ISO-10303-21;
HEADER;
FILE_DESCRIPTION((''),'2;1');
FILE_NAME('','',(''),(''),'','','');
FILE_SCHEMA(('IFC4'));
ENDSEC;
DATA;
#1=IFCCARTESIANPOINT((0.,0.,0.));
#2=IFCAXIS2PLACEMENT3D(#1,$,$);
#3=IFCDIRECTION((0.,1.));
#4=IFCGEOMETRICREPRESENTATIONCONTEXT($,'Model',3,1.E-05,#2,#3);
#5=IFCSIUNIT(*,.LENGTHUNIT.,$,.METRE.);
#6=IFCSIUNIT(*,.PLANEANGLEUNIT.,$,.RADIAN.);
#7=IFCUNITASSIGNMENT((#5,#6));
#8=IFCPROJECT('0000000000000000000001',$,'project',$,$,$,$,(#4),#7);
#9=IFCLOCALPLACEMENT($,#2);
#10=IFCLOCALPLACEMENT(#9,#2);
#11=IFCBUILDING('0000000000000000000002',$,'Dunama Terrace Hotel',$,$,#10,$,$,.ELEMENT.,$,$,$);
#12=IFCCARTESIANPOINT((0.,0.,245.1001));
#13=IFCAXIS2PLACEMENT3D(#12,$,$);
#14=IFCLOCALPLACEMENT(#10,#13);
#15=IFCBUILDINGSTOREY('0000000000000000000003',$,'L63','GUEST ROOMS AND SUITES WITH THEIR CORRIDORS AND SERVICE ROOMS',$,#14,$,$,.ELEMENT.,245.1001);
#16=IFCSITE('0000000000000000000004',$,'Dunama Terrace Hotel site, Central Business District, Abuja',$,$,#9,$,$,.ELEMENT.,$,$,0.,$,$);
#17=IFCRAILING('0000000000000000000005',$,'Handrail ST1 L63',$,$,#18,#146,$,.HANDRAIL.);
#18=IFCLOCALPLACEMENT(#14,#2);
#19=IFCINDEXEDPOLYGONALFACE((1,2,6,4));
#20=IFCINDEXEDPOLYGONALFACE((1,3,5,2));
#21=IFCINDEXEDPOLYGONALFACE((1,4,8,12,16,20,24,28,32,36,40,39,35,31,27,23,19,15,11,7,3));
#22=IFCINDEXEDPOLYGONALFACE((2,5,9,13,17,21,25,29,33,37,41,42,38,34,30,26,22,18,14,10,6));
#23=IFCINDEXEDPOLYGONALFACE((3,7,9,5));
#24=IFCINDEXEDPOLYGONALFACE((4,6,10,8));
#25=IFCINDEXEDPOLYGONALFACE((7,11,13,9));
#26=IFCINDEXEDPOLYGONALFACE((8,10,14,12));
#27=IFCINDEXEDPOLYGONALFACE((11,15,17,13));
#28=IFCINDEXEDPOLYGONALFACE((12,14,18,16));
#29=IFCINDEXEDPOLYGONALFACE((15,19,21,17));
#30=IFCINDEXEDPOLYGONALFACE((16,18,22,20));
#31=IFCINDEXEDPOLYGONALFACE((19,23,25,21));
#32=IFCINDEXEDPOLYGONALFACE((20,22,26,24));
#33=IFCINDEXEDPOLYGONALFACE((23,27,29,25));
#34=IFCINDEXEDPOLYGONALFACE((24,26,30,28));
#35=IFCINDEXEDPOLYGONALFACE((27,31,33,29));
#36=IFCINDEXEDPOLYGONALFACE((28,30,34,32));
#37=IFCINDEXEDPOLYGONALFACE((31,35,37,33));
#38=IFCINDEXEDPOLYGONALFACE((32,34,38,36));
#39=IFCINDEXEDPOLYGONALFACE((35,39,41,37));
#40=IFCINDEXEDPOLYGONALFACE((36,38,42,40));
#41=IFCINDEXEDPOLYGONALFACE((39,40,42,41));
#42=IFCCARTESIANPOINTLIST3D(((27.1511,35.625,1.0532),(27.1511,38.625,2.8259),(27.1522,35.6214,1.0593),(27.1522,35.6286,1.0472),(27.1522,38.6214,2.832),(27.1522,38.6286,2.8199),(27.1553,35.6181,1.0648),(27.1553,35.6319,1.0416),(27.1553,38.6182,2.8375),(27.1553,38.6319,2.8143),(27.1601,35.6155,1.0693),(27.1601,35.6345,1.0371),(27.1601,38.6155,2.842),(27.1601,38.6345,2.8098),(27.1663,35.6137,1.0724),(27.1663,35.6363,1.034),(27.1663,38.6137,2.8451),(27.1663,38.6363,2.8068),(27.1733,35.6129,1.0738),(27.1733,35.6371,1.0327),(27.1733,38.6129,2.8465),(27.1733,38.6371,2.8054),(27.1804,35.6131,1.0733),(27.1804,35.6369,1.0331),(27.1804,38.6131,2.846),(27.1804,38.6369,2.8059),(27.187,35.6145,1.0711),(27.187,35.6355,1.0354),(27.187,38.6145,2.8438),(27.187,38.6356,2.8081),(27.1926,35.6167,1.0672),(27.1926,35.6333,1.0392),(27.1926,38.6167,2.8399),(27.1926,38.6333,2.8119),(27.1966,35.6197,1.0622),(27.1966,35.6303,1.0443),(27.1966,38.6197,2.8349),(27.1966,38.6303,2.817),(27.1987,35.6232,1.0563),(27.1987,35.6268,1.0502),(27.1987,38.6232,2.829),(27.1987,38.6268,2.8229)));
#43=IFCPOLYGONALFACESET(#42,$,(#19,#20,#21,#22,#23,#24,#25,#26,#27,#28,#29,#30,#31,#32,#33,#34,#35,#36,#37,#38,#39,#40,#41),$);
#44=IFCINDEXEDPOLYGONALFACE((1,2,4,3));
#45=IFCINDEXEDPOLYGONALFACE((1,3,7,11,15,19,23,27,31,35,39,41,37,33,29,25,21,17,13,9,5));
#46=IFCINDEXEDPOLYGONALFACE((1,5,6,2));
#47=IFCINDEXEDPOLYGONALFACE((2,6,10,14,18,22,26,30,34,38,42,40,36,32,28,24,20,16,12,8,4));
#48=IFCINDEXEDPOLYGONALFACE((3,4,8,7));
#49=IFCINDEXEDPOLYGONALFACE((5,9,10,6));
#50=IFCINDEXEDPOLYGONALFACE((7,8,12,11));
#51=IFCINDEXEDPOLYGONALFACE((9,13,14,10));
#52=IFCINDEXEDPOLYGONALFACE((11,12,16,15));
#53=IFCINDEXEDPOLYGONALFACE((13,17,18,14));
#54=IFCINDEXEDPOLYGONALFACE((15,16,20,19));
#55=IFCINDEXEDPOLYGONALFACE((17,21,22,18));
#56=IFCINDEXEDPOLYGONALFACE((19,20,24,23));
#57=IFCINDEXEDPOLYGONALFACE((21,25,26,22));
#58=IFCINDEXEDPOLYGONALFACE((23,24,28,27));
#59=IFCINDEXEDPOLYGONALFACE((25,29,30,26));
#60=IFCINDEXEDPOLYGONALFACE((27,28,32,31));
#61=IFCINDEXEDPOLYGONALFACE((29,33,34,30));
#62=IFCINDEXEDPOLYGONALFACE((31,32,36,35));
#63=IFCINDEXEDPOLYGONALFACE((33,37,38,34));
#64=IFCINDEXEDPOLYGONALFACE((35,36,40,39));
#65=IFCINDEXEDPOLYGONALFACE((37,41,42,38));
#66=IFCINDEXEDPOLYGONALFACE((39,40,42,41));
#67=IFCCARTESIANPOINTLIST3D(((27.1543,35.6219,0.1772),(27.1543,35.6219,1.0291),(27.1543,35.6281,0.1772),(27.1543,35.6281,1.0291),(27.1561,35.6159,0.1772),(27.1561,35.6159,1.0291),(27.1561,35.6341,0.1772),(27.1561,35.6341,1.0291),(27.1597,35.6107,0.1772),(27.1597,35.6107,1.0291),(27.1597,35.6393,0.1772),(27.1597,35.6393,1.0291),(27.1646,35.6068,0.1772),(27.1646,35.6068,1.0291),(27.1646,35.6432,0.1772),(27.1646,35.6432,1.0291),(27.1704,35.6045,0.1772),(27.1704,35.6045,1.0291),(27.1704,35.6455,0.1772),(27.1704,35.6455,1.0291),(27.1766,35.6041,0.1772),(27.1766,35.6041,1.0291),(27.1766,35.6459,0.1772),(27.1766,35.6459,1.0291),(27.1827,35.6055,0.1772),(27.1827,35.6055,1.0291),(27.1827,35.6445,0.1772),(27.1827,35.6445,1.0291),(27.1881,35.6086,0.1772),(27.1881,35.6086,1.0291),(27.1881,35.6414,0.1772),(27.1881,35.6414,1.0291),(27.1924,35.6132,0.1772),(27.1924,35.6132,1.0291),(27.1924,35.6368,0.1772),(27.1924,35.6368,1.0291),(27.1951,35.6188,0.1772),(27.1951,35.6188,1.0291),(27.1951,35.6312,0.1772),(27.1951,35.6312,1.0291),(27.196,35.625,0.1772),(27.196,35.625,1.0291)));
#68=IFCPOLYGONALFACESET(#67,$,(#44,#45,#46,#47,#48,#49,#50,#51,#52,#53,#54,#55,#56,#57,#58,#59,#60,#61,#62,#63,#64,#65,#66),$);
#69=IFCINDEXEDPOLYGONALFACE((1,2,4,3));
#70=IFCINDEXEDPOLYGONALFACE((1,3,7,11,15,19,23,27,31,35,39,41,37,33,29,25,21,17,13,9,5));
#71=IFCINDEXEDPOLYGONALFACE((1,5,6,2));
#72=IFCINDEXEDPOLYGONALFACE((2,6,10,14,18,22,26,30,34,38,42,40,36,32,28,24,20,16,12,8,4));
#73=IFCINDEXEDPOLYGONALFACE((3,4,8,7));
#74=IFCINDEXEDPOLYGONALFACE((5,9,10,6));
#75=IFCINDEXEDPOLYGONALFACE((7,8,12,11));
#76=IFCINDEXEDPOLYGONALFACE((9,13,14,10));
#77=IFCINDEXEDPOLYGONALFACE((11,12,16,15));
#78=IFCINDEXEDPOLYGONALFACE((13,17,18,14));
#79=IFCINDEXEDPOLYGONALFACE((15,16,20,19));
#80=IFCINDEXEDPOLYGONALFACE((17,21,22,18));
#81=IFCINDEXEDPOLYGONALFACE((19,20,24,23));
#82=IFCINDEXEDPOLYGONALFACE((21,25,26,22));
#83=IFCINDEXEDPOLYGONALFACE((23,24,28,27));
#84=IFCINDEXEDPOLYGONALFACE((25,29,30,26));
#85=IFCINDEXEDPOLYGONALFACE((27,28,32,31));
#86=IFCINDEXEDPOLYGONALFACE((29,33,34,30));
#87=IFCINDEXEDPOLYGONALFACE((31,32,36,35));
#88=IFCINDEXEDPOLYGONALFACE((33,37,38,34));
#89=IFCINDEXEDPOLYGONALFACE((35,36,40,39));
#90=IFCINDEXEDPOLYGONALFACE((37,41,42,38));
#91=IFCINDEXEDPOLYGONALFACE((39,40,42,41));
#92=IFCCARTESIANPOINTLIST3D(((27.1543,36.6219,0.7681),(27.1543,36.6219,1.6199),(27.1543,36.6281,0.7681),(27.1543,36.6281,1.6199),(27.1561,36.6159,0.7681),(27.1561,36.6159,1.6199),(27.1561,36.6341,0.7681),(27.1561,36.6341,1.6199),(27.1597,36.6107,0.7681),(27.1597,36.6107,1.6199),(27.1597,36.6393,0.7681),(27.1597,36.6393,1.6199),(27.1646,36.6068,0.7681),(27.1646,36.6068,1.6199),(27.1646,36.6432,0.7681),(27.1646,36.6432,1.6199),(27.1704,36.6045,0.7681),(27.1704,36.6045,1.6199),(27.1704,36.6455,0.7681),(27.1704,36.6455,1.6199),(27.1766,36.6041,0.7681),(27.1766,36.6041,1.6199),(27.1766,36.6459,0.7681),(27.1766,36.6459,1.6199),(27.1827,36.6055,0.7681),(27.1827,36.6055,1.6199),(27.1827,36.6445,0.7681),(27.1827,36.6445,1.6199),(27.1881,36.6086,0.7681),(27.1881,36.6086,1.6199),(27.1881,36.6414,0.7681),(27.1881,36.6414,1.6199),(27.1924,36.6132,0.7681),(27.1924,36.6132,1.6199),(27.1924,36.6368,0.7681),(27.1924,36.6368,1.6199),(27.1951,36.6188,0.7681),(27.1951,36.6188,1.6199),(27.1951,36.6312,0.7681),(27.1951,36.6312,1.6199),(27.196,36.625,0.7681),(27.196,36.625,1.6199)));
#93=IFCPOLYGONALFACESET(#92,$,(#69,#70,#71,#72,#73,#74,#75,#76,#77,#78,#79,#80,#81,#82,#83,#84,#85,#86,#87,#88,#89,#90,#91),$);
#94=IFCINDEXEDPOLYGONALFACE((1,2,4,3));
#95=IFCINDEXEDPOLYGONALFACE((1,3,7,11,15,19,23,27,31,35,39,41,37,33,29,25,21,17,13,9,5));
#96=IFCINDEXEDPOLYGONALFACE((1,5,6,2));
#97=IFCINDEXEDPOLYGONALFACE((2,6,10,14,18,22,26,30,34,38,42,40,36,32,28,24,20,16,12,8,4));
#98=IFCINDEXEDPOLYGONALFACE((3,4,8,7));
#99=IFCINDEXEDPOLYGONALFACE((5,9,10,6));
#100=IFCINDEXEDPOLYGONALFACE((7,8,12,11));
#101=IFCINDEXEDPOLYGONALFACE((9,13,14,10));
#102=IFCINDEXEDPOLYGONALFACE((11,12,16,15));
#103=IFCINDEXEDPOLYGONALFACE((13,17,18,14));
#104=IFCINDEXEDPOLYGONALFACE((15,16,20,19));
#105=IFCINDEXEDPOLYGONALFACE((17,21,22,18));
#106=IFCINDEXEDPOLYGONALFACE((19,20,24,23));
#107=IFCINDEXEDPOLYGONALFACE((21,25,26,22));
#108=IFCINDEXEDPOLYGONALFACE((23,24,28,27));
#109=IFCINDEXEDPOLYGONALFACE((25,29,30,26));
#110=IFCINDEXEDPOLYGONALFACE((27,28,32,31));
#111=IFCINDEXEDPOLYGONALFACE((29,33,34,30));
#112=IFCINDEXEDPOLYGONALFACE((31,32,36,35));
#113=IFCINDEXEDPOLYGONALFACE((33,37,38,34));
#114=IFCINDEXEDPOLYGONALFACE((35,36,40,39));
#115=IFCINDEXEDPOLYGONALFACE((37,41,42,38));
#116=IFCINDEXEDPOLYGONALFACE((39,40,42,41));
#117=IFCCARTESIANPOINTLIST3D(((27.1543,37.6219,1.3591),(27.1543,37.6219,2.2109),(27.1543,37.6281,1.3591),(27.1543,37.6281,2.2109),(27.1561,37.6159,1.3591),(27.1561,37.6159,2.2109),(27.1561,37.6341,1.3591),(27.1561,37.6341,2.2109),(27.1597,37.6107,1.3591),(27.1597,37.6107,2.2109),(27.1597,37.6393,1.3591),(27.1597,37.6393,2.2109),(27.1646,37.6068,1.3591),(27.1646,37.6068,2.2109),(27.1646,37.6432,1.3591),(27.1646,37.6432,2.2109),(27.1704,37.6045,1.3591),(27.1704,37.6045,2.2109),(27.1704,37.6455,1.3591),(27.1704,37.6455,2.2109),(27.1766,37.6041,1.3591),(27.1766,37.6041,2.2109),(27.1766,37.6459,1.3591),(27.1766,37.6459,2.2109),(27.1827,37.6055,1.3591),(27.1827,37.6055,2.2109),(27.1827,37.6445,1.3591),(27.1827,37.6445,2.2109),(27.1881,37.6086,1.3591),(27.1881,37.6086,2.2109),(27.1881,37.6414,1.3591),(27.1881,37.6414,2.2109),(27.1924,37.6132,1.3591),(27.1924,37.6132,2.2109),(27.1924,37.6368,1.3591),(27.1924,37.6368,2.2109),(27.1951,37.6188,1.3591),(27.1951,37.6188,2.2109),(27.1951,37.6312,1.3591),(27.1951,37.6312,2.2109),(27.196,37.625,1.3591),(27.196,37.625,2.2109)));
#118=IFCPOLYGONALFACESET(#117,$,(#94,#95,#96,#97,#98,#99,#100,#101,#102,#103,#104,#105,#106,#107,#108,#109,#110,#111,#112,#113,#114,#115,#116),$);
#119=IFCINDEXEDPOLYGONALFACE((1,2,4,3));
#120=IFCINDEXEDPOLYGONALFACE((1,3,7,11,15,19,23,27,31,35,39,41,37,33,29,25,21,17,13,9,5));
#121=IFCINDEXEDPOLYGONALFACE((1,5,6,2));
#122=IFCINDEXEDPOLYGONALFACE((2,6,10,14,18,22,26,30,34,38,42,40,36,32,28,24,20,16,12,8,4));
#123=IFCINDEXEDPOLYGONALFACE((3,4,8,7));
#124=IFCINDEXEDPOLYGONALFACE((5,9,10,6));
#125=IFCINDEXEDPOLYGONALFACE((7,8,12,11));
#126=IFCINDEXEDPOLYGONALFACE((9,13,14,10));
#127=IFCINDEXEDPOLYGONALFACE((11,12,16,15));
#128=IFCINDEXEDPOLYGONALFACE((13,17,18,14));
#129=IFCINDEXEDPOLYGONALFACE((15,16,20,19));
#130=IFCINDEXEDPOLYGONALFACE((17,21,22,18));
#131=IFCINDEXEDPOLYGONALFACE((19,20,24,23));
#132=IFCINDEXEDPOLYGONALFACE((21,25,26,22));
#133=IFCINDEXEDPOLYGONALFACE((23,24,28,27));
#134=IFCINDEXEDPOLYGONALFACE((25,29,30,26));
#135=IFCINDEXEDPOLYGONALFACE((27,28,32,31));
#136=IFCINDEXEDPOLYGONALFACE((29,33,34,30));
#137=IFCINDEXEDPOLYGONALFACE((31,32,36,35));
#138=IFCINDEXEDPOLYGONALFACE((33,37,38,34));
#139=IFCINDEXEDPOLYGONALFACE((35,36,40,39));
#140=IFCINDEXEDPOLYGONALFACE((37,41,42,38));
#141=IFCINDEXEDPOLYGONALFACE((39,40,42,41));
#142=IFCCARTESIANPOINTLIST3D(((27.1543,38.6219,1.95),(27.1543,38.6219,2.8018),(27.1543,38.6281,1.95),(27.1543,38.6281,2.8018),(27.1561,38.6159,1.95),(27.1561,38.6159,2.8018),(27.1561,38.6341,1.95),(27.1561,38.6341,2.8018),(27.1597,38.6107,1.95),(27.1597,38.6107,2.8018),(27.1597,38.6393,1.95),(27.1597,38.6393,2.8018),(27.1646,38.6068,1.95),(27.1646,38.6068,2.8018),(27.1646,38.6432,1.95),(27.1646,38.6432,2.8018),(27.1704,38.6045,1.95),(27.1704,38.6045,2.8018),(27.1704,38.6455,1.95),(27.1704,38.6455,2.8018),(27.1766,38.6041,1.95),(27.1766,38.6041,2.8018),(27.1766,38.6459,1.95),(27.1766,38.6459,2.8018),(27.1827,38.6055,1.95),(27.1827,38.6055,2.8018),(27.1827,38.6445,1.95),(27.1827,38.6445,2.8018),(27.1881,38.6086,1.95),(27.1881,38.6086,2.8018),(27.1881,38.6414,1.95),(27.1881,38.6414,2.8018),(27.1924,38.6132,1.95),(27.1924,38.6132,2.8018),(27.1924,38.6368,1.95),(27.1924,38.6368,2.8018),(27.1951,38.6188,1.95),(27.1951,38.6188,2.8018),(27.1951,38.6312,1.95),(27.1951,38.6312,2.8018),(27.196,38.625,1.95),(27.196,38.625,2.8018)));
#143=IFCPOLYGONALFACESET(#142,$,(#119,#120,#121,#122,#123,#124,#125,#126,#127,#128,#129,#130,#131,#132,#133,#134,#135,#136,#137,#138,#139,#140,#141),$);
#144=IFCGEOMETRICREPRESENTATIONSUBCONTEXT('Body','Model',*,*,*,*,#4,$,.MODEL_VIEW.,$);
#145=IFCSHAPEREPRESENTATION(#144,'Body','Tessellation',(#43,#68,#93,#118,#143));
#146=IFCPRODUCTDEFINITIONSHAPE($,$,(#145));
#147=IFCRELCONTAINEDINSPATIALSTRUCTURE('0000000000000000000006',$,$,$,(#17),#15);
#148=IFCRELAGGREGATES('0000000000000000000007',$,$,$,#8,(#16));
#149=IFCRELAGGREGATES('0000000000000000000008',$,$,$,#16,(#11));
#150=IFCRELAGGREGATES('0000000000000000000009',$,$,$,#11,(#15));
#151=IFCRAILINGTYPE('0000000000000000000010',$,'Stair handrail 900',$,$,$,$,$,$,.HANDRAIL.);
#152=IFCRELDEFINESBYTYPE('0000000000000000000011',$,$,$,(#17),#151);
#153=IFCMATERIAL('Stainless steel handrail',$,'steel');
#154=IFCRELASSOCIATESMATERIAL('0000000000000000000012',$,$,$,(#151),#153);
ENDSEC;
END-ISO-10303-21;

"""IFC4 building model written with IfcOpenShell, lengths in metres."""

from ifc_helpers import new_model, si_unit, direction, frame, origin, origin_2d, place, context, subcontext, project, spatial, circle, extrude, material, type_object, element, save


model = new_model("IFC4")

# Units and contexts
model_context = context("Model", 3, precision=1e-05, world=origin(), true_north=direction((0.0, 1.0)))
body_context = subcontext(model_context, "Body", "Model", "MODEL_VIEW")
ifc_project = project(units=[si_unit("LENGTHUNIT", "METRE"), si_unit("PLANEANGLEUNIT", "RADIAN")], contexts=[model_context])

# Site, building, storey
site_placement = place(None, origin())
site = spatial("IfcSite", under=ifc_project, at=site_placement, Name="Dunama Terrace Hotel site, Central Business District, Abuja", CompositionType="ELEMENT", RefElevation=0.0)
building_placement = place(site_placement, origin())
building = spatial("IfcBuilding", under=site, at=building_placement, Name="Dunama Terrace Hotel", CompositionType="ELEMENT")
storey_placement = place(building_placement, frame((0.0, 0.0, 245.1001)))
storey = spatial("IfcBuildingStorey", under=building, at=storey_placement, Name="L63", Description="GUEST ROOMS AND SUITES WITH THEIR CORRIDORS AND SERVICE ROOMS", CompositionType="ELEMENT", Elevation=245.1001)

# Railing
ifc_material_1 = material(Name="Stainless steel handrail", Category="steel")
railing_type = type_object("IfcRailingType", Name="Stair handrail 900", PredefinedType="HANDRAIL", material=ifc_material_1)
railing_1_placement = place(storey_placement, frame((27.175, 35.625, 0.1772)))
element("IfcRailing", 1, at=railing_1_placement, inside=storey, type_object=railing_type, Name="Handrail ST1 L63", PredefinedType="HANDRAIL", context=body_context, shape_type="SweptSolid", body=[
    extrude(circle(Radius=0.0239, at=origin_2d()), frame((0.0, 0.0, 0.876), z_axis=(0.0, 0.860929, 0.508725), x_axis=(-1.0, 0.0, 0.0)), (0.0, 0.0, 1.0), 3.4846),
    extrude(circle(Radius=0.021, at=origin_2d()), origin(), (0.0, 0.0, 1.0), 0.8518),
    extrude(circle(Radius=0.021, at=origin_2d()), frame((0.0, 1.0, 0.5908)), (0.0, 0.0, 1.0), 0.8518),
    extrude(circle(Radius=0.021, at=origin_2d()), frame((0.0, 2.0, 1.1819)), (0.0, 0.0, 1.0), 0.8518),
    extrude(circle(Radius=0.021, at=origin_2d()), frame((0.0, 3.0, 1.7727)), (0.0, 0.0, 1.0), 0.8518),
])

save(model, "model.ifc")
